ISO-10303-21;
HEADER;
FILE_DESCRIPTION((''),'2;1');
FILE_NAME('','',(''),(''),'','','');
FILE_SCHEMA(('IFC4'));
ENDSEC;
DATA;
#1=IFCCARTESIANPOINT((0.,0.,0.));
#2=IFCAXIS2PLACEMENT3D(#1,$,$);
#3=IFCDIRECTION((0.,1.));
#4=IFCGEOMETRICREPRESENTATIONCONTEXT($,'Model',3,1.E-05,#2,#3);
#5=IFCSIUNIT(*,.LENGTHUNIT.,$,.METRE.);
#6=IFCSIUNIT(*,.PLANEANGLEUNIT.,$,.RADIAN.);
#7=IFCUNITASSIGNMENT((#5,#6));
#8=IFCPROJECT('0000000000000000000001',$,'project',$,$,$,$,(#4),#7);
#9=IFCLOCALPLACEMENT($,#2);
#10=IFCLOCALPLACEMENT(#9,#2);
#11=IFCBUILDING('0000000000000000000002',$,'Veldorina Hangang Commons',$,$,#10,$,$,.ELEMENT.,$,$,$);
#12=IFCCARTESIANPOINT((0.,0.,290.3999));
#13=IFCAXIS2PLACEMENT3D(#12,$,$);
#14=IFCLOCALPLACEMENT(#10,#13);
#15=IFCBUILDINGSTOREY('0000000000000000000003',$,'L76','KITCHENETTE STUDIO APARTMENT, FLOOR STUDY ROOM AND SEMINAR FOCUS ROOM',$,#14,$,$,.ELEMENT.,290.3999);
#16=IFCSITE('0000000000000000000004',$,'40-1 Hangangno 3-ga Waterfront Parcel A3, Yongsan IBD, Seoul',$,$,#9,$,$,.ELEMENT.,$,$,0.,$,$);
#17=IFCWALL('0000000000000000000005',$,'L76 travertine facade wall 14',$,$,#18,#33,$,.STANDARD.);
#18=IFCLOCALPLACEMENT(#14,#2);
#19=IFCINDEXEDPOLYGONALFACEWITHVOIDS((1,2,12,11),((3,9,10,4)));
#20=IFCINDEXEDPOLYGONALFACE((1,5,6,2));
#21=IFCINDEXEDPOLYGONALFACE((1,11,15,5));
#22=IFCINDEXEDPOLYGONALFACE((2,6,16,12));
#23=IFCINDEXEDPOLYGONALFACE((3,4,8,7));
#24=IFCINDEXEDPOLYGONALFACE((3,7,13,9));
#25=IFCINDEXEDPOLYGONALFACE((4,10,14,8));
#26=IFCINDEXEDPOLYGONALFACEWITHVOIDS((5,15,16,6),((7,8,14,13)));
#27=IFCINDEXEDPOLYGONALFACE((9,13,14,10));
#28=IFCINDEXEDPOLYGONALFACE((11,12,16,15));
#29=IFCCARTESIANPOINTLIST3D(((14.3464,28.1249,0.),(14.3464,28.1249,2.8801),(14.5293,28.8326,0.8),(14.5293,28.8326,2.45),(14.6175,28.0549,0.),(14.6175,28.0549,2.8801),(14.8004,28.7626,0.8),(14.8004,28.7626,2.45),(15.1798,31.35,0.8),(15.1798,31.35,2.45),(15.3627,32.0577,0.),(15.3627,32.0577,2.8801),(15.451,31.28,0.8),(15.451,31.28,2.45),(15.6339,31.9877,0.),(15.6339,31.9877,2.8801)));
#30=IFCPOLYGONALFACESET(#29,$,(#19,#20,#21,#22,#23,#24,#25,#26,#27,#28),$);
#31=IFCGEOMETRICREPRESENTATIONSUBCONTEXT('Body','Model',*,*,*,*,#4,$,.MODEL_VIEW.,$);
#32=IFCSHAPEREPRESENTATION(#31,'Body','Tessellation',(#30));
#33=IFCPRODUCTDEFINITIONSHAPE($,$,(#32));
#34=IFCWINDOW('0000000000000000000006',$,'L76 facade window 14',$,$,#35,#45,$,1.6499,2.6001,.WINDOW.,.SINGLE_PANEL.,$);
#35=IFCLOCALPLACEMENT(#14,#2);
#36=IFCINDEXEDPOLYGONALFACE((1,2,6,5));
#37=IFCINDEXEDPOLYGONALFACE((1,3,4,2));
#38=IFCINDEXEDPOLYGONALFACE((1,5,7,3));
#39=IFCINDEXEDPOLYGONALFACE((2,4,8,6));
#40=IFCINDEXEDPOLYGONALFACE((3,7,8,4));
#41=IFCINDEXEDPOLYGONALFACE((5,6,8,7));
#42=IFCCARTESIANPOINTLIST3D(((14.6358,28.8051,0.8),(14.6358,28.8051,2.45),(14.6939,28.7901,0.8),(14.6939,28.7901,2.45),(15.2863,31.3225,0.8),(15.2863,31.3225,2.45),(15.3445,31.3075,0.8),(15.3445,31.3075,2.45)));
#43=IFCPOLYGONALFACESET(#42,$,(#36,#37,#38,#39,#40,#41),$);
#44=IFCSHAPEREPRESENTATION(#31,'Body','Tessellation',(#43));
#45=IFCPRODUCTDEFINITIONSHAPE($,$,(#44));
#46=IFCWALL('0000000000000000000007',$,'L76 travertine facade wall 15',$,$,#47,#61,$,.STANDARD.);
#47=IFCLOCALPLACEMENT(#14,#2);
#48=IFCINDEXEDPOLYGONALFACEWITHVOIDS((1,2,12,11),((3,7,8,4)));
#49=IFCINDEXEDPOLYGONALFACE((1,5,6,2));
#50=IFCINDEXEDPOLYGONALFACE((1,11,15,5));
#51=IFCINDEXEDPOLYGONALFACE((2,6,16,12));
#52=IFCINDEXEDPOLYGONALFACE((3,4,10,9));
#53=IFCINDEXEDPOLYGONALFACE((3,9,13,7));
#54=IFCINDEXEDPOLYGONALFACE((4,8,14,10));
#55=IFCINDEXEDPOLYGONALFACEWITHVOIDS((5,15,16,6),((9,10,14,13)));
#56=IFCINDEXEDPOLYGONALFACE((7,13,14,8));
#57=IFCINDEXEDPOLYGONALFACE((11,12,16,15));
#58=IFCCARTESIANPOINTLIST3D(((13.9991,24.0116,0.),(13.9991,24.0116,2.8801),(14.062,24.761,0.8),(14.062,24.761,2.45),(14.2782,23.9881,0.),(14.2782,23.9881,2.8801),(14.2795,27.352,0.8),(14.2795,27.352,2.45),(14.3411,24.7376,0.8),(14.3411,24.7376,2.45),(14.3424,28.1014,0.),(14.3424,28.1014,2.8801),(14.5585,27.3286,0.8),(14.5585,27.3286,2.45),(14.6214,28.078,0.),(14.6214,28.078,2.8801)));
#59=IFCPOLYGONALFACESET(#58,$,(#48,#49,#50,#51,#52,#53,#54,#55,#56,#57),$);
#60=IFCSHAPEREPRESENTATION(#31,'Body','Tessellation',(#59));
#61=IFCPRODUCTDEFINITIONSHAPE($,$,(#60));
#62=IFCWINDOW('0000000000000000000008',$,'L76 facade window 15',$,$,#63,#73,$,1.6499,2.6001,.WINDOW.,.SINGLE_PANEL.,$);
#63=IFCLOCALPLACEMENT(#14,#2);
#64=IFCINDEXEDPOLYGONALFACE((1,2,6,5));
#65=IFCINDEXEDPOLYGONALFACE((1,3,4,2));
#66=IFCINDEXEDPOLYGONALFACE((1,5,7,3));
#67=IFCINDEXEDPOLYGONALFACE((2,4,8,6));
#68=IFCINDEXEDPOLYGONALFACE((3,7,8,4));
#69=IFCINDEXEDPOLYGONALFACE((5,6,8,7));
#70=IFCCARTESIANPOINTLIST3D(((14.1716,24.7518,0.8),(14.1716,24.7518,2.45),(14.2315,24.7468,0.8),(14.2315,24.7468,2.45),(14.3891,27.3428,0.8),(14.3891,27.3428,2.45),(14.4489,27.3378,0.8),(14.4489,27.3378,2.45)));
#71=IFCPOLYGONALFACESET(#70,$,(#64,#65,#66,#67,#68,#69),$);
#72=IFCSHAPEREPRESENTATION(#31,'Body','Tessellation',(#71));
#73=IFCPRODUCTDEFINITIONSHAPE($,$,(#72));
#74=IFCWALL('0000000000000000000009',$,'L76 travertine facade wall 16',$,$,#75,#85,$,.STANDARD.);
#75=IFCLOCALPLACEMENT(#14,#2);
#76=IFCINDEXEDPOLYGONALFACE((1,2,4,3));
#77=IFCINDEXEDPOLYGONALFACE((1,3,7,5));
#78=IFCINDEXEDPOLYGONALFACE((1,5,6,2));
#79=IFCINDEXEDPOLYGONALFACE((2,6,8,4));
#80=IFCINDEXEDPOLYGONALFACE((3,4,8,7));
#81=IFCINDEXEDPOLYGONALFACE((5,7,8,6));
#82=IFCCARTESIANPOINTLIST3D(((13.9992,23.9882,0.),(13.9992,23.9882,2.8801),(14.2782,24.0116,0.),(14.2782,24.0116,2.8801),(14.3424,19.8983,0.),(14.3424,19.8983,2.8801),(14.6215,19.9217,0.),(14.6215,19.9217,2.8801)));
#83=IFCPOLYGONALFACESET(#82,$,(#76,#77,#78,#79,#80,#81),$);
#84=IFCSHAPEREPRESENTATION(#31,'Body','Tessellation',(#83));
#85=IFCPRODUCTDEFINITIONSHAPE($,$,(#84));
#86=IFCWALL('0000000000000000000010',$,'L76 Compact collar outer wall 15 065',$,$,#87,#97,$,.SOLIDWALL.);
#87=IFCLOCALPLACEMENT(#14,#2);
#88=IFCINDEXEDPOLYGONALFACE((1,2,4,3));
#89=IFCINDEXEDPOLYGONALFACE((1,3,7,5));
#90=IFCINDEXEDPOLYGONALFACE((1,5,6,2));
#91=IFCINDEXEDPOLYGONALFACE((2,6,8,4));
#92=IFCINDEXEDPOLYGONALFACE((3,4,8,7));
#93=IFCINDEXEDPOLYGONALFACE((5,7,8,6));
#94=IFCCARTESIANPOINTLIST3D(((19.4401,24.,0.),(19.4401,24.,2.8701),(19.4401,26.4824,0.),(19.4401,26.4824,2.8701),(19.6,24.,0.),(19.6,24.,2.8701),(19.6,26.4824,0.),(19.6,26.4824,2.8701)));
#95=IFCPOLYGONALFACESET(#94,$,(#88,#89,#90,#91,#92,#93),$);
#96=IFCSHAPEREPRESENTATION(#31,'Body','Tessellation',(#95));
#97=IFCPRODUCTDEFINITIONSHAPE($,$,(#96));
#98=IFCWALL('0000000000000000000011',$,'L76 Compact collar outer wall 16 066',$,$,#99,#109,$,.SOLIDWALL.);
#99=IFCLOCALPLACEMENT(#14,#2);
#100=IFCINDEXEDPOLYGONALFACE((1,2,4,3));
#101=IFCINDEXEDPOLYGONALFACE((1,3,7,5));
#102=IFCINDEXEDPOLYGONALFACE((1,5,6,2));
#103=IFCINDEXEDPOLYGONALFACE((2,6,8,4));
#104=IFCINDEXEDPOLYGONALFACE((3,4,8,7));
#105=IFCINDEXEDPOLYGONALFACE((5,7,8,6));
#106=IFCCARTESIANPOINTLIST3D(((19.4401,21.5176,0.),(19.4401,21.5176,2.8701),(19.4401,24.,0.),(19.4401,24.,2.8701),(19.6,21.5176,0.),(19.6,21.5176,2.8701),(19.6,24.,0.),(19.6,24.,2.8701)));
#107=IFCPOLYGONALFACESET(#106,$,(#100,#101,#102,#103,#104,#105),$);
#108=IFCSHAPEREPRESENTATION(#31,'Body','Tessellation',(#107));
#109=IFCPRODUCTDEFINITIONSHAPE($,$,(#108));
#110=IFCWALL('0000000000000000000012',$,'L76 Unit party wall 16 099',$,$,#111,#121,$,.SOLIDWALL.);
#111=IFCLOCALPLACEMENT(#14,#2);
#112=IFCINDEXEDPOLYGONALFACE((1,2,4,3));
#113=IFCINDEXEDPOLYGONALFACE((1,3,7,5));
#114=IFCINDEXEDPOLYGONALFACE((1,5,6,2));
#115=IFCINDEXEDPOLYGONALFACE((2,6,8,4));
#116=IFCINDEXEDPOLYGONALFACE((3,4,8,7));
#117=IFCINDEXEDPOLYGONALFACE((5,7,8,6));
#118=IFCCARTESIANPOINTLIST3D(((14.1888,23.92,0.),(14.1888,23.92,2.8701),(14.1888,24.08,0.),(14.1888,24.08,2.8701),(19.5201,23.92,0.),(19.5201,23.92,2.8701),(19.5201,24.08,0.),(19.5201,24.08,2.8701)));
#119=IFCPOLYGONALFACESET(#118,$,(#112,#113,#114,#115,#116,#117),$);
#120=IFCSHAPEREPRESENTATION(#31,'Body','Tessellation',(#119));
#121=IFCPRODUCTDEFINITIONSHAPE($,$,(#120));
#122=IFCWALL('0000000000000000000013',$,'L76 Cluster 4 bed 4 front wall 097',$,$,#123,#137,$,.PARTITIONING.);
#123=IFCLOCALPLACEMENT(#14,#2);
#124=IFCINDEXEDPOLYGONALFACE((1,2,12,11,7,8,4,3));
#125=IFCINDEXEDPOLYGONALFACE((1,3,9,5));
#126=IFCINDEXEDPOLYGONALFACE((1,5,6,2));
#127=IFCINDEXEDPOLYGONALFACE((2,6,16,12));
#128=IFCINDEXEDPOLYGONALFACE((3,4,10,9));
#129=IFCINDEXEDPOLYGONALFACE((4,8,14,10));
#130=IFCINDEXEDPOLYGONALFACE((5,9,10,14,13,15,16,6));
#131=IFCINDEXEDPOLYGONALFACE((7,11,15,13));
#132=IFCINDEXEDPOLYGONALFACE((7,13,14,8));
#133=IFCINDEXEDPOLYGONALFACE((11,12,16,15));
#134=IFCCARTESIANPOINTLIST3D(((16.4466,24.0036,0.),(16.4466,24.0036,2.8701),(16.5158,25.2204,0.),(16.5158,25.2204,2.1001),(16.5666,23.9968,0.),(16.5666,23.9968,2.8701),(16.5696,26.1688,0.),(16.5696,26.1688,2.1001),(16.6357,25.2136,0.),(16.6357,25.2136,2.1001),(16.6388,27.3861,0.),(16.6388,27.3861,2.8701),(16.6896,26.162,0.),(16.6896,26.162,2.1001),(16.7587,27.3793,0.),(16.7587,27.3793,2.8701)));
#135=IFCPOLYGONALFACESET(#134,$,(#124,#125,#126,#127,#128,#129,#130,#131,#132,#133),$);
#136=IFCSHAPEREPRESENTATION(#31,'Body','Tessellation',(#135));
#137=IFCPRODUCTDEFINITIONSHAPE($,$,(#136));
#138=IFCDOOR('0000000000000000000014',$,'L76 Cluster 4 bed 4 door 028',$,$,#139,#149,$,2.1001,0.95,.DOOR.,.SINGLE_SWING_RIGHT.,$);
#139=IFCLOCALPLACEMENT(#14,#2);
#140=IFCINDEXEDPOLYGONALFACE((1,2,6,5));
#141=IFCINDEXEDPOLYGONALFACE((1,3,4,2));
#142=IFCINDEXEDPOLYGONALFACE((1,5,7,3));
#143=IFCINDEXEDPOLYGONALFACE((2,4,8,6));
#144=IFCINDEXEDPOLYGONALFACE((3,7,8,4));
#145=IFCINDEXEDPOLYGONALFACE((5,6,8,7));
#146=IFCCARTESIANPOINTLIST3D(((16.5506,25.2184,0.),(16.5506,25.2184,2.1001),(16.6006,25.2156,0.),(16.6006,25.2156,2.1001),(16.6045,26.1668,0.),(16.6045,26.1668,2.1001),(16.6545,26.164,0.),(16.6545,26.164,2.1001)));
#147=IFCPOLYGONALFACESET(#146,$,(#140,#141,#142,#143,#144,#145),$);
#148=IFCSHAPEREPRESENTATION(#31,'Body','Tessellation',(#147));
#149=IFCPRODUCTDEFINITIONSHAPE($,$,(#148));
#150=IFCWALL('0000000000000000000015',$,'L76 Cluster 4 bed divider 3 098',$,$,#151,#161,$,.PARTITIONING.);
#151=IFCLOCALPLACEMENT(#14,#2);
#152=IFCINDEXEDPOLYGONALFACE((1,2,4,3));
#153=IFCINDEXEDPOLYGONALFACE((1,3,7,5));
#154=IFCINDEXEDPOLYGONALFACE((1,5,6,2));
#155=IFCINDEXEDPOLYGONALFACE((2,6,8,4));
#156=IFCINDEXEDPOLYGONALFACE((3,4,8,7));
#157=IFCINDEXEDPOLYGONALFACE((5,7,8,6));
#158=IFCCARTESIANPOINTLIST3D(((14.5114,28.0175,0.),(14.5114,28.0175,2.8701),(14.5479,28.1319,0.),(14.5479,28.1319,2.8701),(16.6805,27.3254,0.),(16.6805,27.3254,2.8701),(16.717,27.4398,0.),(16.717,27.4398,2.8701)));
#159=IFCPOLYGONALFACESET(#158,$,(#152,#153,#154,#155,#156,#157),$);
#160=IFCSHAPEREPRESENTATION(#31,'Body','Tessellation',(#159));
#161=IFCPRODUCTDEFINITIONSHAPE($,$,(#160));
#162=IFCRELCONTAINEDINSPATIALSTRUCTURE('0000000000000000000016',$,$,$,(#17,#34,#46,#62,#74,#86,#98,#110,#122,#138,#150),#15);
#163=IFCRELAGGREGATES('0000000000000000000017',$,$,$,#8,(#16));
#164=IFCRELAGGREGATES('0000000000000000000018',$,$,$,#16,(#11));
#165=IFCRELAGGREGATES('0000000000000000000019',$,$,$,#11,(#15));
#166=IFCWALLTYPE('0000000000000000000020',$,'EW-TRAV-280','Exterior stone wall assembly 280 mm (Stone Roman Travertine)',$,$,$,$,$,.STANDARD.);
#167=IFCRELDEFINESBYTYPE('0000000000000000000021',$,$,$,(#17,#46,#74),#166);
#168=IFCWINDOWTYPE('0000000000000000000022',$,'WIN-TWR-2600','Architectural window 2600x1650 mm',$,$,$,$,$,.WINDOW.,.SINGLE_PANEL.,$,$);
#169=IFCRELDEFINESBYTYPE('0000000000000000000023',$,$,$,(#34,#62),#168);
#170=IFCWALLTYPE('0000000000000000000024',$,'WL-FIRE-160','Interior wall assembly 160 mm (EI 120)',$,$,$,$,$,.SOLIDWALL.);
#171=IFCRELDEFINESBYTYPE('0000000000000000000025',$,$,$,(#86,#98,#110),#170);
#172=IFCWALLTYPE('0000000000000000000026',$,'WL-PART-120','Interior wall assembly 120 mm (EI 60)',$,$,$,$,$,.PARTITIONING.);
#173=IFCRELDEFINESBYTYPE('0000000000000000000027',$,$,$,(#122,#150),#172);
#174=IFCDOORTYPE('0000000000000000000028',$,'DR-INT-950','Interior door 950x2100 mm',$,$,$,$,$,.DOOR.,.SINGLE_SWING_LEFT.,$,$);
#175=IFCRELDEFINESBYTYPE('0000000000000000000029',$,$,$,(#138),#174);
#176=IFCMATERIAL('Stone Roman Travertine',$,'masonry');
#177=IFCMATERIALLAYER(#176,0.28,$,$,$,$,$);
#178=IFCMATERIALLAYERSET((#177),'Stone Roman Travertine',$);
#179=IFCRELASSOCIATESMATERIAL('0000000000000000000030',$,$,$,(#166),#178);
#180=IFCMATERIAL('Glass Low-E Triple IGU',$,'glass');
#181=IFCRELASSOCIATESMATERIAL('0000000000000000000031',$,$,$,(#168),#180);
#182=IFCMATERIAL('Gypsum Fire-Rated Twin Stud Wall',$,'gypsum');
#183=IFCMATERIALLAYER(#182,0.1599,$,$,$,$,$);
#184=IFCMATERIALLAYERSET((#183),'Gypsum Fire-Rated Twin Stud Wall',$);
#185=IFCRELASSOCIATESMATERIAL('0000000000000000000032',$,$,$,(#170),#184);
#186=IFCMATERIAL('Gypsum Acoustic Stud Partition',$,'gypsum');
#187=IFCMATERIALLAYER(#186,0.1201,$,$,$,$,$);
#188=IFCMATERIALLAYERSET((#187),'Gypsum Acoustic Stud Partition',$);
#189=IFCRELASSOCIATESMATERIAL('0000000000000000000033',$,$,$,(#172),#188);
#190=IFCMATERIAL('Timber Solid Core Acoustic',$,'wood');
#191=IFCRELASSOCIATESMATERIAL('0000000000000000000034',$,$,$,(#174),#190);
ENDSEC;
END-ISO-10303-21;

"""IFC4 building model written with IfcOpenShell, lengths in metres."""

from ifc_helpers import new_model, si_unit, direction, frame, frame_2d, origin, place, context, subcontext, project, spatial, rectangle, extrude, material, layer, layer_set, type_object, element, fill, save


model = new_model("IFC4")

# Units and contexts
model_context = context("Model", 3, precision=1e-05, world=origin(), true_north=direction((0.0, 1.0)))
body_context = subcontext(model_context, "Body", "Model", "MODEL_VIEW")
ifc_project = project(units=[si_unit("LENGTHUNIT", "METRE"), si_unit("PLANEANGLEUNIT", "RADIAN")], contexts=[model_context])

# Site, building, storey
site_placement = place(None, origin())
site = spatial("IfcSite", under=ifc_project, at=site_placement, Name="40-1 Hangangno 3-ga Waterfront Parcel A3, Yongsan IBD, Seoul", CompositionType="ELEMENT", RefElevation=0.0)
building_placement = place(site_placement, origin())
building = spatial("IfcBuilding", under=site, at=building_placement, Name="Veldorina Hangang Commons", CompositionType="ELEMENT")
storey_placement = place(building_placement, frame((0.0, 0.0, 290.3999)))
storey = spatial("IfcBuildingStorey", under=building, at=storey_placement, Name="L76", Description="KITCHENETTE STUDIO APARTMENT, FLOOR STUDY ROOM AND SEMINAR FOCUS ROOM", CompositionType="ELEMENT", Elevation=290.3999)

# Walls, openings, windows
ifc_material_1 = material(Name="Stone Roman Travertine", Category="masonry")
ifc_layer_1 = layer(ifc_material_1, 0.28)
ifc_layer_set_1 = layer_set([ifc_layer_1], Name="Stone Roman Travertine")
wall_type_1 = type_object("IfcWallType", Name="EW-TRAV-280", Description="Exterior stone wall assembly 280 mm (Stone Roman Travertine)", PredefinedType="STANDARD", material=ifc_layer_set_1)
wall_1_placement = place(storey_placement, frame((15.4983, 32.0227, 0.0), z_axis=(0.0, 0.0, 1.0), x_axis=(-0.250207, -0.968192, 0.0)))
wall_1 = element("IfcWall", 1, at=wall_1_placement, inside=storey, type_object=wall_type_1, Name="L76 travertine facade wall 14", PredefinedType="STANDARD", context=body_context, shape_type="SweptSolid", body=[
    extrude(rectangle(XDim=4.062, YDim=0.28, at=frame_2d((2.031, 0.0))), origin(), (0.0, 0.0, 1.0), 2.8801),
])
opening_1_placement = place(wall_1_placement, frame((0.731, 0.0, 0.8)))
opening_1 = element("IfcOpeningElement", 2, at=opening_1_placement, cuts=wall_1, PredefinedType="OPENING", context=body_context, shape_type="SweptSolid", body=[
    extrude(rectangle(XDim=2.6001, YDim=1.6499, at=frame_2d((1.3, 0.825))), frame((0.0, 0.1499, 0.0), z_axis=(0.0, -1.0, 0.0), x_axis=(1.0, 0.0, 0.0)), (0.0, 0.0, 1.0), 0.3),
])
ifc_material_2 = material(Name="Glass Low-E Triple IGU", Category="glass")
window_type = type_object("IfcWindowType", Name="WIN-TWR-2600", Description="Architectural window 2600x1650 mm", PartitioningType="SINGLE_PANEL", PredefinedType="WINDOW", material=ifc_material_2)
window_1_placement = place(opening_1_placement, origin())
window_1 = element("IfcWindow", 3, at=window_1_placement, inside=storey, type_object=window_type, Name="L76 facade window 14", OverallHeight=1.6499, OverallWidth=2.6001, PartitioningType="SINGLE_PANEL", PredefinedType="WINDOW", context=body_context, shape_type="SweptSolid", body=[
    extrude(rectangle(XDim=2.6001, YDim=1.6499, at=frame_2d((1.3, 0.825))), frame((0.0, 0.03, 0.0), z_axis=(0.0, -1.0, 0.0), x_axis=(1.0, 0.0, 0.0)), (0.0, 0.0, 1.0), 0.0601),
])
fill(opening_1, window_1)
wall_2_placement = place(storey_placement, frame((14.4819, 28.0898, 0.0), z_axis=(0.0, 0.0, 1.0), x_axis=(-0.083636, -0.996496, 0.0)))
wall_2 = element("IfcWall", 4, at=wall_2_placement, inside=storey, type_object=wall_type_1, Name="L76 travertine facade wall 15", PredefinedType="STANDARD", context=body_context, shape_type="SweptSolid", body=[
    extrude(rectangle(XDim=4.1042, YDim=0.28, at=frame_2d((2.0522, 0.0))), origin(), (0.0, 0.0, 1.0), 2.8801),
])
opening_2_placement = place(wall_2_placement, frame((0.7522, 0.0, 0.8)))
opening_2 = element("IfcOpeningElement", 5, at=opening_2_placement, cuts=wall_2, PredefinedType="OPENING", context=body_context, shape_type="SweptSolid", body=[
    extrude(rectangle(XDim=2.6001, YDim=1.6499, at=frame_2d((1.3, 0.825))), frame((0.0, 0.1499, 0.0), z_axis=(0.0, -1.0, 0.0), x_axis=(1.0, 0.0, 0.0)), (0.0, 0.0, 1.0), 0.3),
])
window_2_placement = place(opening_2_placement, origin())
window_2 = element("IfcWindow", 6, at=window_2_placement, inside=storey, type_object=window_type, Name="L76 facade window 15", OverallHeight=1.6499, OverallWidth=2.6001, PartitioningType="SINGLE_PANEL", PredefinedType="WINDOW", context=body_context, shape_type="SweptSolid", body=[
    extrude(rectangle(XDim=2.6001, YDim=1.6499, at=frame_2d((1.3, 0.825))), frame((0.0, 0.03, 0.0), z_axis=(0.0, -1.0, 0.0), x_axis=(1.0, 0.0, 0.0)), (0.0, 0.0, 1.0), 0.0601),
])
fill(opening_2, window_2)

# Walls
wall_3_placement = place(storey_placement, frame((14.1387, 24.0, 0.0), z_axis=(0.0, 0.0, 1.0), x_axis=(0.083636, -0.996496, 0.0)))
element("IfcWall", 7, at=wall_3_placement, inside=storey, type_object=wall_type_1, Name="L76 travertine facade wall 16", PredefinedType="STANDARD", context=body_context, shape_type="SweptSolid", body=[
    extrude(rectangle(XDim=4.1042, YDim=0.28, at=frame_2d((2.0522, 0.0))), origin(), (0.0, 0.0, 1.0), 2.8801),
])
ifc_material_3 = material(Name="Gypsum Fire-Rated Twin Stud Wall", Category="gypsum")
ifc_layer_2 = layer(ifc_material_3, 0.1599)
ifc_layer_set_2 = layer_set([ifc_layer_2], Name="Gypsum Fire-Rated Twin Stud Wall")
wall_type_2 = type_object("IfcWallType", Name="WL-FIRE-160", Description="Interior wall assembly 160 mm (EI 120)", PredefinedType="SOLIDWALL", material=ifc_layer_set_2)
for number, where, z_axis, x_axis, name in (
    (8, (19.52, 26.4824, 0.0), (0.0, 0.0, 1.0), (0.0, -1.0, 0.0), "L76 Compact collar outer wall 15 065"),
    (9, (19.52, 24.0, 0.0), (0.0, 0.0, 1.0), (0.0, -1.0, 0.0), "L76 Compact collar outer wall 16 066"),
):
    element("IfcWall", number, at=place(storey_placement, frame(where, z_axis=z_axis, x_axis=x_axis)), inside=storey, type_object=wall_type_2, Name=name, PredefinedType="SOLIDWALL", context=body_context, shape_type="SweptSolid", body=[
        extrude(rectangle(XDim=2.4824, YDim=0.1599, at=frame_2d((1.2412, 0.0))), origin(), (0.0, 0.0, 1.0), 2.8701),
    ])
wall_4_placement = place(storey_placement, frame((19.52, 24.0, 0.0), z_axis=(0.0, 0.0, 1.0), x_axis=(-1.0, 0.0, 0.0)))
element("IfcWall", 10, at=wall_4_placement, inside=storey, type_object=wall_type_2, Name="L76 Unit party wall 16 099", PredefinedType="SOLIDWALL", context=body_context, shape_type="SweptSolid", body=[
    extrude(rectangle(XDim=5.3313, YDim=0.1599, at=frame_2d((2.6655, 0.0))), origin(), (0.0, 0.0, 1.0), 2.8701),
])

# Wall, opening, door
ifc_material_4 = material(Name="Gypsum Acoustic Stud Partition", Category="gypsum")
ifc_layer_3 = layer(ifc_material_4, 0.1201)
ifc_layer_set_3 = layer_set([ifc_layer_3], Name="Gypsum Acoustic Stud Partition")
wall_type_3 = type_object("IfcWallType", Name="WL-PART-120", Description="Interior wall assembly 120 mm (EI 60)", PredefinedType="PARTITIONING", material=ifc_layer_set_3)
wall_5_placement = place(storey_placement, frame((16.6987, 27.3826, 0.0), z_axis=(0.0, 0.0, 1.0), x_axis=(-0.056711, -0.998391, 0.0)))
wall_5 = element("IfcWall", 11, at=wall_5_placement, inside=storey, type_object=wall_type_3, Name="L76 Cluster 4 bed 4 front wall 097", PredefinedType="PARTITIONING", context=body_context, shape_type="SweptSolid", body=[
    extrude(rectangle(XDim=3.3879, YDim=0.1201, at=frame_2d((1.6938, 0.0))), origin(), (0.0, 0.0, 1.0), 2.8701),
])
opening_3_placement = place(wall_5_placement, frame((1.219, 0.0, 0.0)))
opening_3 = element("IfcOpeningElement", 12, at=opening_3_placement, cuts=wall_5, PredefinedType="OPENING", context=body_context, shape_type="SweptSolid", body=[
    extrude(rectangle(XDim=0.95, YDim=2.1001, at=frame_2d((0.4751, 1.05))), frame((0.0, 0.0701, 0.0), z_axis=(0.0, -1.0, 0.0), x_axis=(1.0, 0.0, 0.0)), (0.0, 0.0, 1.0), 0.1401),
])
ifc_material_5 = material(Name="Timber Solid Core Acoustic", Category="wood")
door_type_1 = type_object("IfcDoorType", Name="DR-INT-950", Description="Interior door 950x2100 mm", OperationType="SINGLE_SWING_LEFT", PredefinedType="DOOR", material=ifc_material_5)
door_1_placement = place(opening_3_placement, origin())
door_1 = element("IfcDoor", 13, at=door_1_placement, inside=storey, type_object=door_type_1, Name="L76 Cluster 4 bed 4 door 028", OperationType="SINGLE_SWING_RIGHT", OverallHeight=2.1001, OverallWidth=0.95, PredefinedType="DOOR", context=body_context, shape_type="SweptSolid", body=[
    extrude(rectangle(XDim=0.95, YDim=2.1001, at=frame_2d((0.4751, 1.05))), frame((0.0, 0.0249, 0.0), z_axis=(0.0, -1.0, 0.0), x_axis=(1.0, 0.0, 0.0)), (0.0, 0.0, 1.0), 0.05),
])
fill(opening_3, door_1)

# Wall
wall_6_placement = place(storey_placement, frame((16.6987, 27.3826, 0.0), z_axis=(0.0, 0.0, 1.0), x_axis=(-0.952679, 0.303978, 0.0)))
element("IfcWall", 14, at=wall_6_placement, inside=storey, type_object=wall_type_3, Name="L76 Cluster 4 bed divider 3 098", PredefinedType="PARTITIONING", context=body_context, shape_type="SweptSolid", body=[
    extrude(rectangle(XDim=2.2769, YDim=0.1201, at=frame_2d((1.1384, 0.0))), origin(), (0.0, 0.0, 1.0), 2.8701),
])

save(model, "model.ifc")
